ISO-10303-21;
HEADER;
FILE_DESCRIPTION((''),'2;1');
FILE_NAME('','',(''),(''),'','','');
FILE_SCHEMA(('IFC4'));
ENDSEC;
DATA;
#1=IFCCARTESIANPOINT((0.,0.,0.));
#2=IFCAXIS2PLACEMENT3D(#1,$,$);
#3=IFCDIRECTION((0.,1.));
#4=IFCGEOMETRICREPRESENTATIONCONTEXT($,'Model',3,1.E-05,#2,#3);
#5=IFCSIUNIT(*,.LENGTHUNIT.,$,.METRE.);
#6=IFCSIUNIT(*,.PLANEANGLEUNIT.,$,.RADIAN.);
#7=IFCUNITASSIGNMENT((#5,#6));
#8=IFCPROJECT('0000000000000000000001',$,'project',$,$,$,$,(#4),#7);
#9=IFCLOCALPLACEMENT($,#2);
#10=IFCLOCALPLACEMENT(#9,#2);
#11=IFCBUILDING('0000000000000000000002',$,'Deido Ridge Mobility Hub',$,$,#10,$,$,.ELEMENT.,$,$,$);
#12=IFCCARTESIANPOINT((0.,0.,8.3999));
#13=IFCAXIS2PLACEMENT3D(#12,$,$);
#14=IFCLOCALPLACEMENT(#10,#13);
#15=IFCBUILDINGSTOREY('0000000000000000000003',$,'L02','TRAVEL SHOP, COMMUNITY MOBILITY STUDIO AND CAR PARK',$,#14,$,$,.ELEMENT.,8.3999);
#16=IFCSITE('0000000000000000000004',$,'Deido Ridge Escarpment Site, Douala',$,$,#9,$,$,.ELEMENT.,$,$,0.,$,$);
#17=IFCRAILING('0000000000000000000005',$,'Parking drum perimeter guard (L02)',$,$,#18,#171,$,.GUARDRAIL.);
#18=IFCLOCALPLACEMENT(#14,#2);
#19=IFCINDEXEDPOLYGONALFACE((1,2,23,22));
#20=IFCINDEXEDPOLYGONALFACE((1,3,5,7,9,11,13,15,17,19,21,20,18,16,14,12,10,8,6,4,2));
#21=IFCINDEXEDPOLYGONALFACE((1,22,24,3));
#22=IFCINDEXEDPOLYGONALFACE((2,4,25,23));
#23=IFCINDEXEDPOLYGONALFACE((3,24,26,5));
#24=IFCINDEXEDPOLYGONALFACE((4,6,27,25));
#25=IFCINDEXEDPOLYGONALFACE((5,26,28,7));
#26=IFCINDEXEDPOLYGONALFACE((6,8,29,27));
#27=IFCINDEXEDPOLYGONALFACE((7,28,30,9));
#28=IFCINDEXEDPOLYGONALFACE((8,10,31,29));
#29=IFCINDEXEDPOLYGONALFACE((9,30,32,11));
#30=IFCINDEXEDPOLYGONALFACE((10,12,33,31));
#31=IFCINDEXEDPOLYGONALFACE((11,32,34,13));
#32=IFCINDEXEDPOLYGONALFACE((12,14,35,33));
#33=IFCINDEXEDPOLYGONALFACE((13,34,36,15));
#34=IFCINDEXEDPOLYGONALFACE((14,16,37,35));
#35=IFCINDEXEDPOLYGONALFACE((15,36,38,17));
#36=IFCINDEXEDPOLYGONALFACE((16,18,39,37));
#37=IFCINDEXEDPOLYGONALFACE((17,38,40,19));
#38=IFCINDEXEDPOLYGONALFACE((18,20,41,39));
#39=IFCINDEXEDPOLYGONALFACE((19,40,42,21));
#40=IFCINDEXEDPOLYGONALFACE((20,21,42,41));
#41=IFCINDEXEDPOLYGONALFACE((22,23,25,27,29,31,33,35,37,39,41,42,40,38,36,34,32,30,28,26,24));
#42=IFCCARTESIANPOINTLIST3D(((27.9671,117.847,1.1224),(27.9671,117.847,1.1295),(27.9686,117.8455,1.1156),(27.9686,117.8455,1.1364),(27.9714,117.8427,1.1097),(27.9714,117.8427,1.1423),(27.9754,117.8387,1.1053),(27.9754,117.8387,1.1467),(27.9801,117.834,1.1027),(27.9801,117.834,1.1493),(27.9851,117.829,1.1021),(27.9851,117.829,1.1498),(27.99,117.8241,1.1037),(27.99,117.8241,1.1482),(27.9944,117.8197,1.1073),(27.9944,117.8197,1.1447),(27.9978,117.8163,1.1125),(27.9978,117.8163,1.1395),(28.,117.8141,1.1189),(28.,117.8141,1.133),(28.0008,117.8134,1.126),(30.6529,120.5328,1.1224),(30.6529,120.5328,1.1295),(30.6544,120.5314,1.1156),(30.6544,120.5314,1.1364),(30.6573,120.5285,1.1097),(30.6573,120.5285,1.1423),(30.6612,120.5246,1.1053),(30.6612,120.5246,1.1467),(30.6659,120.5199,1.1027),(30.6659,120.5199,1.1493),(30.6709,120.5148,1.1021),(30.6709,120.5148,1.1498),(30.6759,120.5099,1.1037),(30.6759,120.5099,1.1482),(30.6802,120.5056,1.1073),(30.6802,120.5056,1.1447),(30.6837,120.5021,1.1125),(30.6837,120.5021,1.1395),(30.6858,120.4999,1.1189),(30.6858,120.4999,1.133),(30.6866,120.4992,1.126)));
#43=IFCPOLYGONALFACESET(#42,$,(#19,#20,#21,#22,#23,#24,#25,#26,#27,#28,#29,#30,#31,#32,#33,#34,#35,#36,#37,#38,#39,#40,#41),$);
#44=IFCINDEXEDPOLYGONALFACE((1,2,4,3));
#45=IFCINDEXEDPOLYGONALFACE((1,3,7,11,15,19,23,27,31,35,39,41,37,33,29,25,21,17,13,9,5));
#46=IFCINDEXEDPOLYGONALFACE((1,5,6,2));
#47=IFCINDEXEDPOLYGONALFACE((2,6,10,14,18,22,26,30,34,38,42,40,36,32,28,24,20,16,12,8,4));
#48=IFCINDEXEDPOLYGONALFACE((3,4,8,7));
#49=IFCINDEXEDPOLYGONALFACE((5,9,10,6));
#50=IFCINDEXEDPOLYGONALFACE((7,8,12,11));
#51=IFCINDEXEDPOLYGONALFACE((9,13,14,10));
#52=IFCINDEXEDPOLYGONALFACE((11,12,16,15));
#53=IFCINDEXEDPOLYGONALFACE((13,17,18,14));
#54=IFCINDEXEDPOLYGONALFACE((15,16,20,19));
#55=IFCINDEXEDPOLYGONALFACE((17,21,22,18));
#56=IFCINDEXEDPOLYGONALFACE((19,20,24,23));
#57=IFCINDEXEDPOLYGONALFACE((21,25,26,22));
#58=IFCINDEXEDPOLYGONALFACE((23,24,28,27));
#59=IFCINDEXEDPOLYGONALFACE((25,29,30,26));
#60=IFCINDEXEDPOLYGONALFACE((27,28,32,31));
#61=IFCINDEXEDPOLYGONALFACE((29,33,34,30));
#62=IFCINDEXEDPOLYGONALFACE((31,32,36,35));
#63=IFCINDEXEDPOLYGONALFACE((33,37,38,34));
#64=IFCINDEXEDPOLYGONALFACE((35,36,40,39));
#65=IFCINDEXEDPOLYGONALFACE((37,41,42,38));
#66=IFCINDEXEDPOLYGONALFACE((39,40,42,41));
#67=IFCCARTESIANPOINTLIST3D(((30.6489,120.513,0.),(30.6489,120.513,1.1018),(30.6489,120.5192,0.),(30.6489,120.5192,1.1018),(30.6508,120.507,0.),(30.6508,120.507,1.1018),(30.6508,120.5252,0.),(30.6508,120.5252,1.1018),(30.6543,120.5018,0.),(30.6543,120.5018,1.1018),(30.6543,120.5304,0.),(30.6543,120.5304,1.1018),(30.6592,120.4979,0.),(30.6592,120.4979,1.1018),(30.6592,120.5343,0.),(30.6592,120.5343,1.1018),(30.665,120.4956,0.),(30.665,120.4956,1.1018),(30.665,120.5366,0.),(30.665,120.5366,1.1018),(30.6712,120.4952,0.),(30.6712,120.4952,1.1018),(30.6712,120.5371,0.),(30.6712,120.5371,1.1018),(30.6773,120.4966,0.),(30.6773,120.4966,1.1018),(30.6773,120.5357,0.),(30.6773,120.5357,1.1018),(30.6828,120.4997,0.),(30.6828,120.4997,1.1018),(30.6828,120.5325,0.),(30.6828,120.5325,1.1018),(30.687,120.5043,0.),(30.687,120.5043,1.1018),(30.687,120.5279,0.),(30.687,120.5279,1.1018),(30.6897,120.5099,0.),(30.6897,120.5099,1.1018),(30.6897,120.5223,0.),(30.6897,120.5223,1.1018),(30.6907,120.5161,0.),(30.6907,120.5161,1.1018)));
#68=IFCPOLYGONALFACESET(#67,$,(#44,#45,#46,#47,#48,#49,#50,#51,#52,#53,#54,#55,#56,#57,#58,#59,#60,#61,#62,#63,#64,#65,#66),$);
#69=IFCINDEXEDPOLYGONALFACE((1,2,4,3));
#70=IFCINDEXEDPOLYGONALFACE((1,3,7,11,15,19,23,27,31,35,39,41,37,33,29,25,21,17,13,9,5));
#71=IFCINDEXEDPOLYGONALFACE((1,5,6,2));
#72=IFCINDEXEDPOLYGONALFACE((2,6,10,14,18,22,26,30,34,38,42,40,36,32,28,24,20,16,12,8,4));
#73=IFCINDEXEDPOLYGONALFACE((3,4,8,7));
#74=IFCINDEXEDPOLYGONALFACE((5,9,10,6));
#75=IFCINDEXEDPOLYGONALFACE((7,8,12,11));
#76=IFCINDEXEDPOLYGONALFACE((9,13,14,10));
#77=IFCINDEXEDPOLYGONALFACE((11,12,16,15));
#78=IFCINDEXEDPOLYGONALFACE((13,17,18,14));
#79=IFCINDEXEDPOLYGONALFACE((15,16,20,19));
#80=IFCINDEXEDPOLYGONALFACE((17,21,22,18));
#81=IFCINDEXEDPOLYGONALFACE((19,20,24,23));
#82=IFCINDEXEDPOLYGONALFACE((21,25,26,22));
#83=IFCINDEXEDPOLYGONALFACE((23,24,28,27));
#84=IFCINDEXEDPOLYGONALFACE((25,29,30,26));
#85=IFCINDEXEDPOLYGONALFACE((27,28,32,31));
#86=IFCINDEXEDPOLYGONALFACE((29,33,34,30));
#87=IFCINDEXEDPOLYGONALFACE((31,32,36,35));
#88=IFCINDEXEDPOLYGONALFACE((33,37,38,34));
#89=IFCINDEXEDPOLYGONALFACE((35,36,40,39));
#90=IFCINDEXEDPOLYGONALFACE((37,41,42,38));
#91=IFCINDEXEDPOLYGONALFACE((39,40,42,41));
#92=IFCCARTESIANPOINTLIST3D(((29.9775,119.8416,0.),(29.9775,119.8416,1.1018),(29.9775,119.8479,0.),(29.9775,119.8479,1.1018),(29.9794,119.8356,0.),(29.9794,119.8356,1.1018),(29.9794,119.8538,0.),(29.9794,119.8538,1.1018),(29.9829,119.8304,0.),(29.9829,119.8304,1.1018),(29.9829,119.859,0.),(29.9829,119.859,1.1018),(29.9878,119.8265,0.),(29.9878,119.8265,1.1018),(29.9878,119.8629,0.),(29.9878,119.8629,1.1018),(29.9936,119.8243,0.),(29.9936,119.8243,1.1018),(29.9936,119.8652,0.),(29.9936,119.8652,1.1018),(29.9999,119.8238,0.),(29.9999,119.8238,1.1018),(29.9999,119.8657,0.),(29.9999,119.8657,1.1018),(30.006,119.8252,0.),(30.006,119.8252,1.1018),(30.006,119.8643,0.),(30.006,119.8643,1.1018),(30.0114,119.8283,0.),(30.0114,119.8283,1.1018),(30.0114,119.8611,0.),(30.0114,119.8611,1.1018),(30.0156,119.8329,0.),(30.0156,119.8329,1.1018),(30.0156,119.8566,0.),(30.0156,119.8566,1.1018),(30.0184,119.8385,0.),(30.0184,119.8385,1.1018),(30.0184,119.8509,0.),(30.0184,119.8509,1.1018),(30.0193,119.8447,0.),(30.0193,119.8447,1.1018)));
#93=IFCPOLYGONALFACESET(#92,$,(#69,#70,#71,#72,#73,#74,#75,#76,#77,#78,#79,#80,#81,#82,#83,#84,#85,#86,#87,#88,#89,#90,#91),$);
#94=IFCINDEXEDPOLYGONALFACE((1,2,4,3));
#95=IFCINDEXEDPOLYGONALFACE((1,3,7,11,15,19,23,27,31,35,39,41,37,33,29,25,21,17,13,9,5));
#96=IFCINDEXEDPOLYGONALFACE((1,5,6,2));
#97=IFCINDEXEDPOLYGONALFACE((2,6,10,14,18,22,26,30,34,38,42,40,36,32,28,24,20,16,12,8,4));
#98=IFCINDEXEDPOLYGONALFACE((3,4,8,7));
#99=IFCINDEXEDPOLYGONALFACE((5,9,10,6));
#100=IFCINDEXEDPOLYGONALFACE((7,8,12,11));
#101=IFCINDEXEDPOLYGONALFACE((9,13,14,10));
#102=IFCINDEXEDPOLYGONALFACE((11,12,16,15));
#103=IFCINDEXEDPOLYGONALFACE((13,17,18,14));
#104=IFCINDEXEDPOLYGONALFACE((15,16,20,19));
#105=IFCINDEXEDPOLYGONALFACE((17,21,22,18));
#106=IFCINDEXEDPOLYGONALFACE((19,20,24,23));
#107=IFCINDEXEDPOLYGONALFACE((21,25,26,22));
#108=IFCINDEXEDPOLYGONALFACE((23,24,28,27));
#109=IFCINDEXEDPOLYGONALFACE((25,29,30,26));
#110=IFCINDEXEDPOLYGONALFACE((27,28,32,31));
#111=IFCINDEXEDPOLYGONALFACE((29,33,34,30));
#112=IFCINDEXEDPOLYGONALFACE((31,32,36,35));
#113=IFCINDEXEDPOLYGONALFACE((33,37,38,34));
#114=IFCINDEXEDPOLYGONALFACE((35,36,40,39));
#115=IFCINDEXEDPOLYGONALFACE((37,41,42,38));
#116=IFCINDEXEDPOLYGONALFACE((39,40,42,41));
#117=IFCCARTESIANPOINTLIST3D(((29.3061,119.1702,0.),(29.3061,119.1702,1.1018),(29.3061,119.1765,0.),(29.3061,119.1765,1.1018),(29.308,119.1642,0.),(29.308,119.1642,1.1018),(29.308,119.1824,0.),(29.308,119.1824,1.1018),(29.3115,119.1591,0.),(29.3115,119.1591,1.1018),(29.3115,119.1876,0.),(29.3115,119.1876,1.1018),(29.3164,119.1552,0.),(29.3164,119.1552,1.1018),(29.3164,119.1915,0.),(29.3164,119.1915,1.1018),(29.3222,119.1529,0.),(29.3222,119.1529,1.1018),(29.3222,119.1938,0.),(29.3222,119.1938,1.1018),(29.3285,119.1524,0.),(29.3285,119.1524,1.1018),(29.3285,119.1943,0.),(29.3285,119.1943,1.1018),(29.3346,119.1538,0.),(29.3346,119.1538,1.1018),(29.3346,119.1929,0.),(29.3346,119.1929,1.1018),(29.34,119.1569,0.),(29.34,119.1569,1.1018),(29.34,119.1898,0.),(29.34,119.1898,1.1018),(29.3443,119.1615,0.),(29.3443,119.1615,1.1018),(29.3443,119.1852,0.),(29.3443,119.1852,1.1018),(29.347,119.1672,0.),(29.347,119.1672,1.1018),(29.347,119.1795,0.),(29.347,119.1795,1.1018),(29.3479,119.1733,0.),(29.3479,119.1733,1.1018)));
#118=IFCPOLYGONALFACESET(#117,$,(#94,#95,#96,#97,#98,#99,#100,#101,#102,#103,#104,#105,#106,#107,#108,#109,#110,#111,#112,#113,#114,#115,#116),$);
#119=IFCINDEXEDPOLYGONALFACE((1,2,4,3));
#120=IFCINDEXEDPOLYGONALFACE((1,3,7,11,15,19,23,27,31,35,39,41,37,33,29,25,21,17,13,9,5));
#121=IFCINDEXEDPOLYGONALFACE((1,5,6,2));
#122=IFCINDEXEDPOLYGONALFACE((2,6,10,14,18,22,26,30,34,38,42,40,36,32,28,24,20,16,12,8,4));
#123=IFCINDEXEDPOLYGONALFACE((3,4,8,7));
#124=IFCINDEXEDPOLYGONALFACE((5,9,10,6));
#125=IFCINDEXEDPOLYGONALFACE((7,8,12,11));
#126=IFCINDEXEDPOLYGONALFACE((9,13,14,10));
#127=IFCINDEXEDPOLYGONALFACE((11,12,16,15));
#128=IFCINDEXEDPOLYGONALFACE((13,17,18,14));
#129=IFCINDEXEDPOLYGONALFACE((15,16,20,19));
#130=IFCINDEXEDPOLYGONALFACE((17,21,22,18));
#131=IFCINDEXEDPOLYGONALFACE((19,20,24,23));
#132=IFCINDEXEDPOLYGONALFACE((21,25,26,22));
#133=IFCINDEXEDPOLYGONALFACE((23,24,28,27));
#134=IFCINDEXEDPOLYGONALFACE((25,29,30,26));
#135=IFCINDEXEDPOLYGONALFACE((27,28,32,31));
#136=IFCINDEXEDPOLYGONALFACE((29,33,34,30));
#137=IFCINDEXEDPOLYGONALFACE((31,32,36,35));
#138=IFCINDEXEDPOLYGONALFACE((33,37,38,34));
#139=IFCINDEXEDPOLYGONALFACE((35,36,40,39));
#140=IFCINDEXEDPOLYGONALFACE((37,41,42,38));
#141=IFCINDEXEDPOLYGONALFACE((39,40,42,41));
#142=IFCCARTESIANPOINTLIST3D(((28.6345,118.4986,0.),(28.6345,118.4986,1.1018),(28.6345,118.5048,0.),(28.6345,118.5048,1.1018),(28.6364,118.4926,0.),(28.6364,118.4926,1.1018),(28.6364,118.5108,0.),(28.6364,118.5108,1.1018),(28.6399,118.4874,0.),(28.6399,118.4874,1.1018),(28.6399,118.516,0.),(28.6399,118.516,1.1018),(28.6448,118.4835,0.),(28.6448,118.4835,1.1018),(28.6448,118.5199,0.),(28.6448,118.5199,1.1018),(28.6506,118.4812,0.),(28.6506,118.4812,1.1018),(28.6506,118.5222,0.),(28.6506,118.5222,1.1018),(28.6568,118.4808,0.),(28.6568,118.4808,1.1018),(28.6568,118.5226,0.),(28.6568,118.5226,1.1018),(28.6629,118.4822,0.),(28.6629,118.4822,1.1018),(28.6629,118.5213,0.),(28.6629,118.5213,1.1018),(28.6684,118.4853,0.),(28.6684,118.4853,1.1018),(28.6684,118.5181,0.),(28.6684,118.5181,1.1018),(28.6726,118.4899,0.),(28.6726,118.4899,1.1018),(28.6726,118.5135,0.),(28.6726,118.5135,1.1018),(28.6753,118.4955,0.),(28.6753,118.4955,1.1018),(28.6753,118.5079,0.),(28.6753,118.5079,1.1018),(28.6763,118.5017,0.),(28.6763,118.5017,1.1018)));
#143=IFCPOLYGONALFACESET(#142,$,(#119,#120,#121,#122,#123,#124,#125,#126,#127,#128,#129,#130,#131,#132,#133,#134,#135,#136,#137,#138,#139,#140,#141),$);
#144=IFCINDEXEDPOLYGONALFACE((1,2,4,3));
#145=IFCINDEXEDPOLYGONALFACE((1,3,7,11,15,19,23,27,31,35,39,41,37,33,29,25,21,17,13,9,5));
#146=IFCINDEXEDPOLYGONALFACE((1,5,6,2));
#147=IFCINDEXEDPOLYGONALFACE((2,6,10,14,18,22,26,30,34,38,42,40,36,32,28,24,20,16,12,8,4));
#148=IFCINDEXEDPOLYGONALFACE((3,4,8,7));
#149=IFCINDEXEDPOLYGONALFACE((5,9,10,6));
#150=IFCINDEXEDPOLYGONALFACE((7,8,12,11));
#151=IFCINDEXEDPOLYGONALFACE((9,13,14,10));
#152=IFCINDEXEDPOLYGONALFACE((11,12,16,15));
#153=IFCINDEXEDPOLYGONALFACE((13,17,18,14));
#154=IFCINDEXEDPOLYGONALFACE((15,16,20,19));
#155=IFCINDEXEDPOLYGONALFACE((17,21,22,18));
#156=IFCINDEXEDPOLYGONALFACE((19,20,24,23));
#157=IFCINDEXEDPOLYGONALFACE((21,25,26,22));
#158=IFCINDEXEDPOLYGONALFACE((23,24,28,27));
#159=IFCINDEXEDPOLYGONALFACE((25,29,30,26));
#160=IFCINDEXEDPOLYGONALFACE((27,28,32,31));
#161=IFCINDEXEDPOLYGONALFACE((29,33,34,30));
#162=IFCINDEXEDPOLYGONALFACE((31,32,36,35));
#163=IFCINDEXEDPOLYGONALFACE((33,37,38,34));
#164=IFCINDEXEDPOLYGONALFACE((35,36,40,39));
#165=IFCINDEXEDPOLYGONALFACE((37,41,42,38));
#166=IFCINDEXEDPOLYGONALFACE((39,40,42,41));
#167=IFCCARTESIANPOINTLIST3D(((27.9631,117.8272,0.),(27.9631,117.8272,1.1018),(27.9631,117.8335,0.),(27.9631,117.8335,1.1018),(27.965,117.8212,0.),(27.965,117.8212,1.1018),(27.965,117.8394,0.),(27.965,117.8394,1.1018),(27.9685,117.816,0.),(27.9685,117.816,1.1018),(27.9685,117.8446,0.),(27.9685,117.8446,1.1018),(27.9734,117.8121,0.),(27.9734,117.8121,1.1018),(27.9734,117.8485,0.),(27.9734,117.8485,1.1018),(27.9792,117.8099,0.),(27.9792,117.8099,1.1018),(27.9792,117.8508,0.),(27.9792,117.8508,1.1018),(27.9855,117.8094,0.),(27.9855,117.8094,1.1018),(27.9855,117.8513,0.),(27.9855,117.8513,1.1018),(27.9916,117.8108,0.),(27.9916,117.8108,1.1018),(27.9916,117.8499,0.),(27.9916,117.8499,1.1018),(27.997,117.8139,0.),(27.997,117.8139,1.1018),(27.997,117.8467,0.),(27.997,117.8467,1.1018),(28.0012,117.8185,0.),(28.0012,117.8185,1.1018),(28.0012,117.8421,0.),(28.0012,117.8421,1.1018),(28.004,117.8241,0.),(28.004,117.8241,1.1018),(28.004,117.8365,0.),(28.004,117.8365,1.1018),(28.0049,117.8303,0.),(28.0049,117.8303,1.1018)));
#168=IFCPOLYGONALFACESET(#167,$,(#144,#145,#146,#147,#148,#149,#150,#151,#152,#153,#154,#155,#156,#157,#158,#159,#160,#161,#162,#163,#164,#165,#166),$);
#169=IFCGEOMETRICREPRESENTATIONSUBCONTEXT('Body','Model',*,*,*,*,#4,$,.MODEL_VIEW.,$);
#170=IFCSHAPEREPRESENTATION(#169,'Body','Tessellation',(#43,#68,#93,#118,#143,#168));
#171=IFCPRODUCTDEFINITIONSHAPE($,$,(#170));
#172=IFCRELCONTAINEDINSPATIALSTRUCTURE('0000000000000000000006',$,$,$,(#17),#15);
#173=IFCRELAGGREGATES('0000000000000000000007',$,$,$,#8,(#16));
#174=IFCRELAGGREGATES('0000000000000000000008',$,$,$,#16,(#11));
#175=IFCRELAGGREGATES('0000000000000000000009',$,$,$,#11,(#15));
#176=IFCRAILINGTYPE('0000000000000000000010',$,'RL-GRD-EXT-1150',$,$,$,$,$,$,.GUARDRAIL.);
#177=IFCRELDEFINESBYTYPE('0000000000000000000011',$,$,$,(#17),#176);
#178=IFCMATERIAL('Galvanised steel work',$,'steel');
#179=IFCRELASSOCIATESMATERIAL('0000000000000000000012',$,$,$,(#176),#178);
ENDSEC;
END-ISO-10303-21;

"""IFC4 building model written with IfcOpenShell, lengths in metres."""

from ifc_helpers import new_model, si_unit, direction, frame, origin, origin_2d, place, context, subcontext, project, spatial, circle, extrude, material, type_object, element, save


model = new_model("IFC4")

# Units and contexts
model_context = context("Model", 3, precision=1e-05, world=origin(), true_north=direction((0.0, 1.0)))
body_context = subcontext(model_context, "Body", "Model", "MODEL_VIEW")
ifc_project = project(units=[si_unit("LENGTHUNIT", "METRE"), si_unit("PLANEANGLEUNIT", "RADIAN")], contexts=[model_context])

# Site, building, storey
site_placement = place(None, origin())
site = spatial("IfcSite", under=ifc_project, at=site_placement, Name="Deido Ridge Escarpment Site, Douala", CompositionType="ELEMENT", RefElevation=0.0)
building_placement = place(site_placement, origin())
building = spatial("IfcBuilding", under=site, at=building_placement, Name="Deido Ridge Mobility Hub", CompositionType="ELEMENT")
storey_placement = place(building_placement, frame((0.0, 0.0, 8.3999)))
storey = spatial("IfcBuildingStorey", under=building, at=storey_placement, Name="L02", Description="TRAVEL SHOP, COMMUNITY MOBILITY STUDIO AND CAR PARK", CompositionType="ELEMENT", Elevation=8.3999)

# Railing
ifc_material_1 = material(Name="Galvanised steel work", Category="steel")
railing_type = type_object("IfcRailingType", Name="RL-GRD-EXT-1150", PredefinedType="GUARDRAIL", material=ifc_material_1)
railing_1_placement = place(storey_placement, frame((30.6697, 120.5161, 0.0)))
element("IfcRailing", 1, at=railing_1_placement, inside=storey, type_object=railing_type, Name="Parking drum perimeter guard (L02)", PredefinedType="GUARDRAIL", context=body_context, shape_type="SweptSolid", body=[
    extrude(circle(Radius=0.0239, at=origin_2d()), frame((0.0, 0.0, 1.126), z_axis=(-0.707107, -0.707107, 0.0), x_axis=(0.707107, -0.707107, 0.0)), (0.0, 0.0, 1.0), 3.7983),
    extrude(circle(Radius=0.021, at=origin_2d()), origin(), (0.0, 0.0, 1.0), 1.1018),
    extrude(circle(Radius=0.021, at=origin_2d()), frame((-0.6714, -0.6714, 0.0)), (0.0, 0.0, 1.0), 1.1018),
    extrude(circle(Radius=0.021, at=origin_2d()), frame((-1.3428, -1.3428, 0.0)), (0.0, 0.0, 1.0), 1.1018),
    extrude(circle(Radius=0.021, at=origin_2d()), frame((-2.0144, -2.0144, 0.0)), (0.0, 0.0, 1.0), 1.1018),
    extrude(circle(Radius=0.021, at=origin_2d()), frame((-2.6858, -2.6858, 0.0)), (0.0, 0.0, 1.0), 1.1018),
])

save(model, "model.ifc")
